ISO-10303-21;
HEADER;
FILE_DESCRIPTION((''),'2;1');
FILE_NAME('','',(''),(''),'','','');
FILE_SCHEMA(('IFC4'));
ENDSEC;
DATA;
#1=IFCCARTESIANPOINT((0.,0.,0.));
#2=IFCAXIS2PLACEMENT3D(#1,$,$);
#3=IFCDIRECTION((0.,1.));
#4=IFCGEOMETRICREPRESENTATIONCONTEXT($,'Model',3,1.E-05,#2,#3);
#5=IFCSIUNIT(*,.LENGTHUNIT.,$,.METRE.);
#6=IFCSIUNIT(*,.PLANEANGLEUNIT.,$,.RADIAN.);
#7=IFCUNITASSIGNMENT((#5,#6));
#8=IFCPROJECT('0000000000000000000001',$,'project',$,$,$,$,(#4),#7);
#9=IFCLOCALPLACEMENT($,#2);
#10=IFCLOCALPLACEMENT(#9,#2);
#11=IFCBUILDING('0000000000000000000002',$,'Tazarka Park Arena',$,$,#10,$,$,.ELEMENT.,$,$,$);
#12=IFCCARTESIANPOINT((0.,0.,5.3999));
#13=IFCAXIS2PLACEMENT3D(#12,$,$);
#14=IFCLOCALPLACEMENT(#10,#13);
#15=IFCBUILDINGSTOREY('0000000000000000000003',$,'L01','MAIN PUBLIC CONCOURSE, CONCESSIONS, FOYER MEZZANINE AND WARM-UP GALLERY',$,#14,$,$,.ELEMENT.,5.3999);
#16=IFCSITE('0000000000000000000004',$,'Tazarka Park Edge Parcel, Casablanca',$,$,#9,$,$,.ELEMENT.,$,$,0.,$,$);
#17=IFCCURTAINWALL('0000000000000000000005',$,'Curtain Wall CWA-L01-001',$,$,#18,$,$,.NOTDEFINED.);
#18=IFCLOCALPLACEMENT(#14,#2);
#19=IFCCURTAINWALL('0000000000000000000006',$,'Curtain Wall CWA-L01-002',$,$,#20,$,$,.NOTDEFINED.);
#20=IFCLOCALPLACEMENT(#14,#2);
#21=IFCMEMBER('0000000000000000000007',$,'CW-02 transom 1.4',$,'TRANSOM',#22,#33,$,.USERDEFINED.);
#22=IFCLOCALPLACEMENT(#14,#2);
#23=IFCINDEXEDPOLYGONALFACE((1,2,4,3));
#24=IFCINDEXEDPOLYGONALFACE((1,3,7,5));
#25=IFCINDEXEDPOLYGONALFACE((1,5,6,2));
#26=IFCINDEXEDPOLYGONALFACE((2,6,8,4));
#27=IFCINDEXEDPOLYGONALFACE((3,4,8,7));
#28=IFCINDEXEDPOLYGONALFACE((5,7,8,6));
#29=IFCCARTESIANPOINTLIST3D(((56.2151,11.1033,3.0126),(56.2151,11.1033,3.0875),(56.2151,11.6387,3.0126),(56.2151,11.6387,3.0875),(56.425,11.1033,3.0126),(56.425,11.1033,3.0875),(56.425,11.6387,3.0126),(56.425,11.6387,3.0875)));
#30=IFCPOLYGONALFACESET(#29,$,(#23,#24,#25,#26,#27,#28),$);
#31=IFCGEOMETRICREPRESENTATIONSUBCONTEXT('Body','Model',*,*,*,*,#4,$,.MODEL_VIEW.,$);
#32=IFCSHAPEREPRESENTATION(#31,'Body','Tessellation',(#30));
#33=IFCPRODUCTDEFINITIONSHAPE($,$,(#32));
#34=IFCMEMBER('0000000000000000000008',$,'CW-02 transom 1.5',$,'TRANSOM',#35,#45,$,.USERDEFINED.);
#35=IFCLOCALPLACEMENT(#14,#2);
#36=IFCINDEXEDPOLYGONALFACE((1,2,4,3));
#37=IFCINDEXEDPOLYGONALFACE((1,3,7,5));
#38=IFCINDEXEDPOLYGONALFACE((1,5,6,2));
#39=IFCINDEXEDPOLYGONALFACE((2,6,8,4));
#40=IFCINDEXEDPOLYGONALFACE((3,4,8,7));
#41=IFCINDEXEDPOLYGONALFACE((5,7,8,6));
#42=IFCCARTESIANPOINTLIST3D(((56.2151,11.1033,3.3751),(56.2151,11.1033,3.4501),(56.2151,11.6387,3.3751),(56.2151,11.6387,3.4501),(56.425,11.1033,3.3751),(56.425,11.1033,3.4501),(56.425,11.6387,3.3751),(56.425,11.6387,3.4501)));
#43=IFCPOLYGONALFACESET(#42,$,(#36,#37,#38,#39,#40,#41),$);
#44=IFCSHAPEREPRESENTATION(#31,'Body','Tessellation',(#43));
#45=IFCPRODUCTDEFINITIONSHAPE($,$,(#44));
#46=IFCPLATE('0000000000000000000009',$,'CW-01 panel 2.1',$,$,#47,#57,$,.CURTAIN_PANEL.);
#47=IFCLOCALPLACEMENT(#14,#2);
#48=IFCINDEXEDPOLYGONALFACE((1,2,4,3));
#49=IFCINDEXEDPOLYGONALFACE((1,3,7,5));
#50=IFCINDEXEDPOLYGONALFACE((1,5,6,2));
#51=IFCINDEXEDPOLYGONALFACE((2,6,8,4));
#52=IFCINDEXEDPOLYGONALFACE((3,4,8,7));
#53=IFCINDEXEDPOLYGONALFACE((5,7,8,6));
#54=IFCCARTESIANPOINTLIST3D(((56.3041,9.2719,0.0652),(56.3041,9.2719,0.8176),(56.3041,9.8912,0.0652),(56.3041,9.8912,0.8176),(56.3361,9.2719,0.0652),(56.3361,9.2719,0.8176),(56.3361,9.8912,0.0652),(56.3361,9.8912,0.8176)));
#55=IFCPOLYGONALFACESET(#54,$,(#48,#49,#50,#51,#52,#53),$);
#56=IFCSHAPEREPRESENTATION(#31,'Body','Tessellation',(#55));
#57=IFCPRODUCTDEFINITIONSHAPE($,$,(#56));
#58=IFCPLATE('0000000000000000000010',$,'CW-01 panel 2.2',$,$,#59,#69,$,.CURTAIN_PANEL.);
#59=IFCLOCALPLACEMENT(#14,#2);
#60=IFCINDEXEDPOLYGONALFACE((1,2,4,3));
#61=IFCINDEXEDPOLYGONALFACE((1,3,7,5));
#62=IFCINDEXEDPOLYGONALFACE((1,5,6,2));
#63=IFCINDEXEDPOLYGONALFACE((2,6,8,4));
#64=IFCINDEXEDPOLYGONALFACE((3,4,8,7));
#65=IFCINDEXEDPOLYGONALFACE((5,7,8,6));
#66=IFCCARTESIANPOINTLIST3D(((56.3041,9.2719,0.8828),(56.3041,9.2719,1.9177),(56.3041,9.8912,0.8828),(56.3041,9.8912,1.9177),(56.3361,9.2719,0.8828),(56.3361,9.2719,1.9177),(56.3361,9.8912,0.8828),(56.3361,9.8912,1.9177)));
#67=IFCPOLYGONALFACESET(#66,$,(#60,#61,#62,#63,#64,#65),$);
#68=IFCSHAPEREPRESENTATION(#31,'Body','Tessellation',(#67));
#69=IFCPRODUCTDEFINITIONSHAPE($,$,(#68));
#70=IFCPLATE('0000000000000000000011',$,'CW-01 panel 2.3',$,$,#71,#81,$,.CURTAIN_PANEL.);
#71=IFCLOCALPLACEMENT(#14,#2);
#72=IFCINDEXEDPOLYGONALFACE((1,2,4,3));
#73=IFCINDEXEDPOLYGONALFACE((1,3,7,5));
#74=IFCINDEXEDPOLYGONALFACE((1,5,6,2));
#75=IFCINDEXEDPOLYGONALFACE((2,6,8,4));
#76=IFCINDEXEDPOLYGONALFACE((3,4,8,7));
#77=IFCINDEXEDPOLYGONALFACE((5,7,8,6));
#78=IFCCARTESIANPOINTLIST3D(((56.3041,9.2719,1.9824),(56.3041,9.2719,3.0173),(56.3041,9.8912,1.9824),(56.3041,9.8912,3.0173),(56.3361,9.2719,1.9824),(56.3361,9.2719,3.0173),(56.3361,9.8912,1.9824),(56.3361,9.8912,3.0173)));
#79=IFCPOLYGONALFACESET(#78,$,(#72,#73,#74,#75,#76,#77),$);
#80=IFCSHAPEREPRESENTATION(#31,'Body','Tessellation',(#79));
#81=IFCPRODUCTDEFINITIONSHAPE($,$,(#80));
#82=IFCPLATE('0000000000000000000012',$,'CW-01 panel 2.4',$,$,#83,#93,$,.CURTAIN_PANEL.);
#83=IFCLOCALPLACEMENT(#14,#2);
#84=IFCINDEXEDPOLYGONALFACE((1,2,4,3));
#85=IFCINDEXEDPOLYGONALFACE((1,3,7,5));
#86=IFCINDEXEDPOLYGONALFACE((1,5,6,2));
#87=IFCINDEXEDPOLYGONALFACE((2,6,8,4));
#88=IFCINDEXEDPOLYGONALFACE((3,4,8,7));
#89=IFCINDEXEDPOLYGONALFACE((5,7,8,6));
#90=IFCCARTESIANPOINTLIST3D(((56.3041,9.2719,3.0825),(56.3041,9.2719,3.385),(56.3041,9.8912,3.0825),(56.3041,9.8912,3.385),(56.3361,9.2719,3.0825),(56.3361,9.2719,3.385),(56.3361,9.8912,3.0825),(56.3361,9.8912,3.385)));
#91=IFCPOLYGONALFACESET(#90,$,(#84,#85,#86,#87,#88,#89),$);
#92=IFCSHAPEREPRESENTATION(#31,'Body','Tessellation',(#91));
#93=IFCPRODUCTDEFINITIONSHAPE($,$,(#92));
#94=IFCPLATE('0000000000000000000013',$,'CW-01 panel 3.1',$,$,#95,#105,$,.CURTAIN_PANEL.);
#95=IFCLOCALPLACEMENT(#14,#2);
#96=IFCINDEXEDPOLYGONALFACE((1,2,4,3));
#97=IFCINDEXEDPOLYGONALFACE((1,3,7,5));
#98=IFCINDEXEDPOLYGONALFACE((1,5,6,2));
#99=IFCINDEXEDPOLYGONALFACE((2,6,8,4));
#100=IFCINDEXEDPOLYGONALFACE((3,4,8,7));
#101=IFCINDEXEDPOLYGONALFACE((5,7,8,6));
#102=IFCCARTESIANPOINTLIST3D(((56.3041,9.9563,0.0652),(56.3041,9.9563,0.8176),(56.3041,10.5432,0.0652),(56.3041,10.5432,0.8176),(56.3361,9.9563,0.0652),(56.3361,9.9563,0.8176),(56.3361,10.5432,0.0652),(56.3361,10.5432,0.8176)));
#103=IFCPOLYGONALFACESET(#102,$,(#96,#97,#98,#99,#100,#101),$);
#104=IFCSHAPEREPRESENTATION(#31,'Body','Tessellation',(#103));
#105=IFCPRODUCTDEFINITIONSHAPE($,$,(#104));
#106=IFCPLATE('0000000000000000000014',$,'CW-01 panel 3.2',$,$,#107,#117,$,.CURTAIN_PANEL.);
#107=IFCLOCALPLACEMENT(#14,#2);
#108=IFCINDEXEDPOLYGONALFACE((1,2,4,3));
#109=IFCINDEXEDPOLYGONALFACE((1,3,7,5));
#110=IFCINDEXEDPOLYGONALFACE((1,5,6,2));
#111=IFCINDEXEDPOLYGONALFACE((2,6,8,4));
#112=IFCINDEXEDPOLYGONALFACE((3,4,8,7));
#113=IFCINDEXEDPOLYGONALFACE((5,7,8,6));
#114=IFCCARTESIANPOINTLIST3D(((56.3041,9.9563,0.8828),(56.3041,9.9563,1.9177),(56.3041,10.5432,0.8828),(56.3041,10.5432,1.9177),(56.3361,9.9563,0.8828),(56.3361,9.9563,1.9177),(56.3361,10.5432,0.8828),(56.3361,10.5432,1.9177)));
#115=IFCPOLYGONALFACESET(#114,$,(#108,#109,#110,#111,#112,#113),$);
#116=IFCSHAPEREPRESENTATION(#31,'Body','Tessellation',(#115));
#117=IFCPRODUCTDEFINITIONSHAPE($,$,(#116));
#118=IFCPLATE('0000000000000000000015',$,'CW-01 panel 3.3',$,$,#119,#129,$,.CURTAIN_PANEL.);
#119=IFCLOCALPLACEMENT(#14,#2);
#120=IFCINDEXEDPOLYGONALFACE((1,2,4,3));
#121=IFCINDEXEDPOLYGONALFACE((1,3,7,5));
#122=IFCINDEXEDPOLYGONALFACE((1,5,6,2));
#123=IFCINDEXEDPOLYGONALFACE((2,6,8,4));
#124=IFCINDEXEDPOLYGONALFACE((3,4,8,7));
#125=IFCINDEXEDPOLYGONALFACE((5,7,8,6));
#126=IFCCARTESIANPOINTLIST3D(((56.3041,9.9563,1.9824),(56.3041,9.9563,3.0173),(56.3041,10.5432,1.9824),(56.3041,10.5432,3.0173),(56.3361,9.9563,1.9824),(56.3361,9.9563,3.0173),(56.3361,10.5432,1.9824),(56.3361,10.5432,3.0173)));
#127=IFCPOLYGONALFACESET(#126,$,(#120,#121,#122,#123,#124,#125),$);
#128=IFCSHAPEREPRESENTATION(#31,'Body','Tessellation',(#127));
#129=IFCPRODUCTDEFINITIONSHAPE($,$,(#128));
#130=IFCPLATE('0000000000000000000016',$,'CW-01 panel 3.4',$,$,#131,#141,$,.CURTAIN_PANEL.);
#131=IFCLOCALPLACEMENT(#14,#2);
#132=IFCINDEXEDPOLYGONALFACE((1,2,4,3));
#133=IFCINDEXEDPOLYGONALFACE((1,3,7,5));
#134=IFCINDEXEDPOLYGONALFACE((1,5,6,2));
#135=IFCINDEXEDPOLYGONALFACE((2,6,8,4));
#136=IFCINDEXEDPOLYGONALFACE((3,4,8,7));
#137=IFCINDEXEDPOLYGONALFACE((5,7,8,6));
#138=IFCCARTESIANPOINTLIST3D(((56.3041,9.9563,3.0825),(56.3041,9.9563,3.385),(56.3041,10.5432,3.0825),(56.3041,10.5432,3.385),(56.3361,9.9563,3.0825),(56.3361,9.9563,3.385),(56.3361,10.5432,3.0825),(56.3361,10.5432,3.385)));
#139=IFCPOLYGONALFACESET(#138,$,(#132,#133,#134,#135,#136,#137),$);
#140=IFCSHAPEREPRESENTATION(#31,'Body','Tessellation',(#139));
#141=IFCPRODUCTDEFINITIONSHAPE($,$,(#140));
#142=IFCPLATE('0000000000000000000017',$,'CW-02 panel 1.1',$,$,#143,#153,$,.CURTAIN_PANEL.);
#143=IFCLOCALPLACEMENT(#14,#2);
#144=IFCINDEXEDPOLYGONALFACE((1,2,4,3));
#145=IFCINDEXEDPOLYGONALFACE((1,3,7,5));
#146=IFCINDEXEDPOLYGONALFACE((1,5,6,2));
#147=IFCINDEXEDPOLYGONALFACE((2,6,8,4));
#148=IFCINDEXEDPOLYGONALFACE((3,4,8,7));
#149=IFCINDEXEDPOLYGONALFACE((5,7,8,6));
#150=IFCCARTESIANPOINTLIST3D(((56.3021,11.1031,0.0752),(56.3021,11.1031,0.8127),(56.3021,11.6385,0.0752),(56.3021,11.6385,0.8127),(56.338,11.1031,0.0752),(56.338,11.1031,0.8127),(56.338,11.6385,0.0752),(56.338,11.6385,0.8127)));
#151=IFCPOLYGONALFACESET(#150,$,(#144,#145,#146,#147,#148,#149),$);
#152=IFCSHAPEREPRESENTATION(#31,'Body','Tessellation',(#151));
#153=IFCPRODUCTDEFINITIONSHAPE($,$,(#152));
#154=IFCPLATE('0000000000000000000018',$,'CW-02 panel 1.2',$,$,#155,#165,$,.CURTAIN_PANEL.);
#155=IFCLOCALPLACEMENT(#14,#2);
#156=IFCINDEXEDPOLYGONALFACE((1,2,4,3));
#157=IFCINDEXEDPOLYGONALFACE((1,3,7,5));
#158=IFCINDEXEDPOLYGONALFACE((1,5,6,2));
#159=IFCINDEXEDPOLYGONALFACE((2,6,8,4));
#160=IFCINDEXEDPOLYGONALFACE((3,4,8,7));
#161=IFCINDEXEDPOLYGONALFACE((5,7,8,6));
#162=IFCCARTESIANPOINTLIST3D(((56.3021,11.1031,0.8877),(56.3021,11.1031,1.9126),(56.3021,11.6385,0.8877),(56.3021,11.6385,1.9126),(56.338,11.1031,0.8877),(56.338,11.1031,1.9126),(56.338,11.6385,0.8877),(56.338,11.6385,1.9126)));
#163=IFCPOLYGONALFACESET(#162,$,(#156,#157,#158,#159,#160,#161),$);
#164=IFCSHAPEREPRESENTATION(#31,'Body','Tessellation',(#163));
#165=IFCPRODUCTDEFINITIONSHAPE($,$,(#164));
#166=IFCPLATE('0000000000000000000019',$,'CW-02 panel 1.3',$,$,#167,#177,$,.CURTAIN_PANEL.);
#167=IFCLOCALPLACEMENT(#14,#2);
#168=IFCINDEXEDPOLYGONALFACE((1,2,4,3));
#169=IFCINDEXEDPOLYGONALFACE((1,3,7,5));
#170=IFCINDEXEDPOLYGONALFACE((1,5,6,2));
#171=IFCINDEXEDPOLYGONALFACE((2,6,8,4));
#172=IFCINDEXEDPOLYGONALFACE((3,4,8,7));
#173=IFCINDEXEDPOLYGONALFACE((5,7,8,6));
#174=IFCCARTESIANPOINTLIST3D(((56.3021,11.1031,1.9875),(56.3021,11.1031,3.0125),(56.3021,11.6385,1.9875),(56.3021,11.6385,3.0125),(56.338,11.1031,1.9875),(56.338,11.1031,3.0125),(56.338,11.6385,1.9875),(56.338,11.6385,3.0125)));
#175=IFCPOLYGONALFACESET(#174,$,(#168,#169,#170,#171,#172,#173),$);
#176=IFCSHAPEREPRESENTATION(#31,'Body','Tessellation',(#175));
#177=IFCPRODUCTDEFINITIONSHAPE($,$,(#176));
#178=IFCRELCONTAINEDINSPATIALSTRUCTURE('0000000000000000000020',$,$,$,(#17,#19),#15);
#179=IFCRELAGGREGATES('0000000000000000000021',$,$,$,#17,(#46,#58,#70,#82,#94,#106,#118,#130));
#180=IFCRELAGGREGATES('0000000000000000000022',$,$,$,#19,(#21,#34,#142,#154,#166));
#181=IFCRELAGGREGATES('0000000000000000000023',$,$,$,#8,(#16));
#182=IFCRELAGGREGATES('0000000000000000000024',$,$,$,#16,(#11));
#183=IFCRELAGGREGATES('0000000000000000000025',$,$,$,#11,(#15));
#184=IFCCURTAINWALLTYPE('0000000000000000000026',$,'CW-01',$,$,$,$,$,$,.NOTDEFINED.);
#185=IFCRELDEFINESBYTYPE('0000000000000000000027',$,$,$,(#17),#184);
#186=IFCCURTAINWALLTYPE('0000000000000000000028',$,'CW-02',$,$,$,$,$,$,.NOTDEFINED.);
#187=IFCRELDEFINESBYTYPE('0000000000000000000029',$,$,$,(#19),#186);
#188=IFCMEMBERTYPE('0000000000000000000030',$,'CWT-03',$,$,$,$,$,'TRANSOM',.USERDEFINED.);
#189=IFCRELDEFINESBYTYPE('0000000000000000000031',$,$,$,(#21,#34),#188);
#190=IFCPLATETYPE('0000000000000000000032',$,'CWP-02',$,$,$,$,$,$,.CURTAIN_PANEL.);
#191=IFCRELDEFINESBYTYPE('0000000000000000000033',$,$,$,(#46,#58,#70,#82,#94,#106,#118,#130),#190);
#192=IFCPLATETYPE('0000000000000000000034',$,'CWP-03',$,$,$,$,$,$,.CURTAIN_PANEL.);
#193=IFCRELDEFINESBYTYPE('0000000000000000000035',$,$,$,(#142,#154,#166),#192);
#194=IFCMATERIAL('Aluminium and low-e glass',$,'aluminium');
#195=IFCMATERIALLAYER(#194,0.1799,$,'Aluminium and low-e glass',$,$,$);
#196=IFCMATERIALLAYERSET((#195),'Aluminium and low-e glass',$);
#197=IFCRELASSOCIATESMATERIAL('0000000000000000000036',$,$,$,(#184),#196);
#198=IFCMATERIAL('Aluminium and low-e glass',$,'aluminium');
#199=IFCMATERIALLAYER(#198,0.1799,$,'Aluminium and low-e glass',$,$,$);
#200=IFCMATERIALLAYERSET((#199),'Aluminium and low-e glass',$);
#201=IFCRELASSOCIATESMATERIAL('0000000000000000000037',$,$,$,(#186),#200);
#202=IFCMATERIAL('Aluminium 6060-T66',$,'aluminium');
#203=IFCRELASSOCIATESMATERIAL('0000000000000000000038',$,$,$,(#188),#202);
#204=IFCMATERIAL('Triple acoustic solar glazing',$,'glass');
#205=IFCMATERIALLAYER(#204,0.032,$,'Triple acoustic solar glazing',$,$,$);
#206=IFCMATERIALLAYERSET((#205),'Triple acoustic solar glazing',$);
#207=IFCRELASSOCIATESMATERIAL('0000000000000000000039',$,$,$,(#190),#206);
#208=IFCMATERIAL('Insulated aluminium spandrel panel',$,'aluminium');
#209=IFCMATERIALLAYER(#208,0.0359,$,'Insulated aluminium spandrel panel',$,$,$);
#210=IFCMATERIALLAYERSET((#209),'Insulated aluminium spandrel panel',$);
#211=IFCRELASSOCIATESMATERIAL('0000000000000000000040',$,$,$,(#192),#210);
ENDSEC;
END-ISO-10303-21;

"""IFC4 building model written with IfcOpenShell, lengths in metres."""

from ifc_helpers import new_model, si_unit, direction, frame, origin, origin_2d, place, context, subcontext, project, spatial, rectangle, extrude, material, layer, layer_set, material_profile, profile_set, type_object, element, aggregate, save


model = new_model("IFC4")

# Units and contexts
model_context = context("Model", 3, precision=1e-05, world=origin(), true_north=direction((0.0, 1.0)))
body_context = subcontext(model_context, "Body", "Model", "MODEL_VIEW")
ifc_project = project(units=[si_unit("LENGTHUNIT", "METRE"), si_unit("PLANEANGLEUNIT", "RADIAN")], contexts=[model_context])

# Site, building, storey
site_placement = place(None, origin())
site = spatial("IfcSite", under=ifc_project, at=site_placement, Name="Tazarka Park Edge Parcel, Casablanca", CompositionType="ELEMENT", RefElevation=0.0)
building_placement = place(site_placement, origin())
building = spatial("IfcBuilding", under=site, at=building_placement, Name="Tazarka Park Arena", CompositionType="ELEMENT")
storey_placement = place(building_placement, frame((0.0, 0.0, 5.3999)))
storey = spatial("IfcBuildingStorey", under=building, at=storey_placement, Name="L01", Description="MAIN PUBLIC CONCOURSE, CONCESSIONS, FOYER MEZZANINE AND WARM-UP GALLERY", CompositionType="ELEMENT", Elevation=5.3999)

# Curtain wall
ifc_material_1 = material(Name="Aluminium and low-e glass", Category="aluminium")
ifc_layer_1 = layer(ifc_material_1, 0.1799, Name="Aluminium and low-e glass")
ifc_layer_set_1 = layer_set([ifc_layer_1], Name="Aluminium and low-e glass")
curtain_wall_type_1 = type_object("IfcCurtainWallType", Name="CW-01", PredefinedType="NOTDEFINED", material=ifc_layer_set_1)
curtain_wall_1_placement = place(storey_placement, origin())
curtain_wall_1 = element("IfcCurtainWall", 1, at=curtain_wall_1_placement, inside=storey, type_object=curtain_wall_type_1, Name="Curtain Wall CWA-L01-001", PredefinedType="NOTDEFINED")

# Curtain wall
ifc_material_2 = material(Name="Aluminium and low-e glass", Category="aluminium")
ifc_layer_2 = layer(ifc_material_2, 0.1799, Name="Aluminium and low-e glass")
ifc_layer_set_2 = layer_set([ifc_layer_2], Name="Aluminium and low-e glass")
curtain_wall_type_2 = type_object("IfcCurtainWallType", Name="CW-02", PredefinedType="NOTDEFINED", material=ifc_layer_set_2)
curtain_wall_2_placement = place(storey_placement, origin())
curtain_wall_2 = element("IfcCurtainWall", 2, at=curtain_wall_2_placement, inside=storey, type_object=curtain_wall_type_2, Name="Curtain Wall CWA-L01-002", PredefinedType="NOTDEFINED")

# Members
ifc_material_3 = material(Name="Aluminium 6060-T66", Category="aluminium")
ifc_material_profile_1 = material_profile(ifc_material_3, rectangle(XDim=0.21, YDim=0.075, at=origin_2d()), Name="Aluminium 6060-T66")
ifc_profile_set_1 = profile_set([ifc_material_profile_1], Name="Aluminium 6060-T66")
member_type_1 = type_object("IfcMemberType", Name="CWT-03", ElementType="TRANSOM", PredefinedType="USERDEFINED", material=ifc_profile_set_1)
member_1_placement = place(storey_placement, frame((56.3201, 11.1033, 3.05), z_axis=(0.0, 1.0, 0.0), x_axis=(-1.0, 0.0, 0.0)))
member_1 = element("IfcMember", 3, at=member_1_placement, type_object=member_type_1, Name="CW-02 transom 1.4", ObjectType="TRANSOM", PredefinedType="USERDEFINED", context=body_context, shape_type="SweptSolid", body=[
    extrude(rectangle(XDim=0.21, YDim=0.075, at=origin_2d()), origin(), (0.0, 0.0, 1.0), 0.5354),
])
member_2_placement = place(storey_placement, frame((56.3201, 11.1033, 3.4126), z_axis=(0.0, 1.0, 0.0), x_axis=(-1.0, 0.0, 0.0)))
member_2 = element("IfcMember", 4, at=member_2_placement, type_object=member_type_1, Name="CW-02 transom 1.5", ObjectType="TRANSOM", PredefinedType="USERDEFINED", context=body_context, shape_type="SweptSolid", body=[
    extrude(rectangle(XDim=0.21, YDim=0.075, at=origin_2d()), origin(), (0.0, 0.0, 1.0), 0.5354),
])

# Plates
ifc_material_4 = material(Name="Triple acoustic solar glazing", Category="glass")
ifc_layer_3 = layer(ifc_material_4, 0.032, Name="Triple acoustic solar glazing")
ifc_layer_set_3 = layer_set([ifc_layer_3], Name="Triple acoustic solar glazing")
plate_type_1 = type_object("IfcPlateType", Name="CWP-02", PredefinedType="CURTAIN_PANEL", material=ifc_layer_set_3)
plate_1_placement = place(storey_placement, frame((56.3201, 9.5815, 0.0652), z_axis=(0.0, 0.0, 1.0), x_axis=(0.0, 1.0, 0.0)))
plate_1 = element("IfcPlate", 5, at=plate_1_placement, type_object=plate_type_1, Name="CW-01 panel 2.1", PredefinedType="CURTAIN_PANEL", context=body_context, shape_type="SweptSolid", body=[
    extrude(rectangle(XDim=0.6194, YDim=0.032, at=origin_2d()), origin(), (0.0, 0.0, 1.0), 0.7524),
])
plate_2_placement = place(storey_placement, frame((56.3201, 9.5815, 0.8828), z_axis=(0.0, 0.0, 1.0), x_axis=(0.0, 1.0, 0.0)))
plate_2 = element("IfcPlate", 6, at=plate_2_placement, type_object=plate_type_1, Name="CW-01 panel 2.2", PredefinedType="CURTAIN_PANEL", context=body_context, shape_type="SweptSolid", body=[
    extrude(rectangle(XDim=0.6194, YDim=0.032, at=origin_2d()), origin(), (0.0, 0.0, 1.0), 1.0349),
])
plate_3_placement = place(storey_placement, frame((56.3201, 9.5815, 1.9824), z_axis=(0.0, 0.0, 1.0), x_axis=(0.0, 1.0, 0.0)))
plate_3 = element("IfcPlate", 7, at=plate_3_placement, type_object=plate_type_1, Name="CW-01 panel 2.3", PredefinedType="CURTAIN_PANEL", context=body_context, shape_type="SweptSolid", body=[
    extrude(rectangle(XDim=0.6194, YDim=0.032, at=origin_2d()), origin(), (0.0, 0.0, 1.0), 1.0349),
])
plate_4_placement = place(storey_placement, frame((56.3201, 9.5815, 3.0825), z_axis=(0.0, 0.0, 1.0), x_axis=(0.0, 1.0, 0.0)))
plate_4 = element("IfcPlate", 8, at=plate_4_placement, type_object=plate_type_1, Name="CW-01 panel 2.4", PredefinedType="CURTAIN_PANEL", context=body_context, shape_type="SweptSolid", body=[
    extrude(rectangle(XDim=0.6194, YDim=0.032, at=origin_2d()), origin(), (0.0, 0.0, 1.0), 0.3025),
])
plate_5_placement = place(storey_placement, frame((56.3201, 10.2498, 0.0652), z_axis=(0.0, 0.0, 1.0), x_axis=(0.0, 1.0, 0.0)))
plate_5 = element("IfcPlate", 9, at=plate_5_placement, type_object=plate_type_1, Name="CW-01 panel 3.1", PredefinedType="CURTAIN_PANEL", context=body_context, shape_type="SweptSolid", body=[
    extrude(rectangle(XDim=0.5869, YDim=0.032, at=origin_2d()), origin(), (0.0, 0.0, 1.0), 0.7524),
])
plate_6_placement = place(storey_placement, frame((56.3201, 10.2498, 0.8828), z_axis=(0.0, 0.0, 1.0), x_axis=(0.0, 1.0, 0.0)))
plate_6 = element("IfcPlate", 10, at=plate_6_placement, type_object=plate_type_1, Name="CW-01 panel 3.2", PredefinedType="CURTAIN_PANEL", context=body_context, shape_type="SweptSolid", body=[
    extrude(rectangle(XDim=0.5869, YDim=0.032, at=origin_2d()), origin(), (0.0, 0.0, 1.0), 1.0349),
])
plate_7_placement = place(storey_placement, frame((56.3201, 10.2498, 1.9824), z_axis=(0.0, 0.0, 1.0), x_axis=(0.0, 1.0, 0.0)))
plate_7 = element("IfcPlate", 11, at=plate_7_placement, type_object=plate_type_1, Name="CW-01 panel 3.3", PredefinedType="CURTAIN_PANEL", context=body_context, shape_type="SweptSolid", body=[
    extrude(rectangle(XDim=0.5869, YDim=0.032, at=origin_2d()), origin(), (0.0, 0.0, 1.0), 1.0349),
])
plate_8_placement = place(storey_placement, frame((56.3201, 10.2498, 3.0825), z_axis=(0.0, 0.0, 1.0), x_axis=(0.0, 1.0, 0.0)))
plate_8 = element("IfcPlate", 12, at=plate_8_placement, type_object=plate_type_1, Name="CW-01 panel 3.4", PredefinedType="CURTAIN_PANEL", context=body_context, shape_type="SweptSolid", body=[
    extrude(rectangle(XDim=0.5869, YDim=0.032, at=origin_2d()), origin(), (0.0, 0.0, 1.0), 0.3025),
])
aggregate(curtain_wall_1, [plate_1, plate_2, plate_3, plate_4, plate_5, plate_6, plate_7, plate_8])
ifc_material_5 = material(Name="Insulated aluminium spandrel panel", Category="aluminium")
ifc_layer_4 = layer(ifc_material_5, 0.0359, Name="Insulated aluminium spandrel panel")
ifc_layer_set_4 = layer_set([ifc_layer_4], Name="Insulated aluminium spandrel panel")
plate_type_2 = type_object("IfcPlateType", Name="CWP-03", PredefinedType="CURTAIN_PANEL", material=ifc_layer_set_4)
plate_9_placement = place(storey_placement, frame((56.3201, 11.3708, 0.0752), z_axis=(0.0, 0.0, 1.0), x_axis=(0.0, 1.0, 0.0)))
plate_9 = element("IfcPlate", 13, at=plate_9_placement, type_object=plate_type_2, Name="CW-02 panel 1.1", PredefinedType="CURTAIN_PANEL", context=body_context, shape_type="SweptSolid", body=[
    extrude(rectangle(XDim=0.5354, YDim=0.0359, at=origin_2d()), origin(), (0.0, 0.0, 1.0), 0.7375),
])
plate_10_placement = place(storey_placement, frame((56.3201, 11.3708, 0.8877), z_axis=(0.0, 0.0, 1.0), x_axis=(0.0, 1.0, 0.0)))
plate_10 = element("IfcPlate", 14, at=plate_10_placement, type_object=plate_type_2, Name="CW-02 panel 1.2", PredefinedType="CURTAIN_PANEL", context=body_context, shape_type="SweptSolid", body=[
    extrude(rectangle(XDim=0.5354, YDim=0.0359, at=origin_2d()), origin(), (0.0, 0.0, 1.0), 1.0249),
])
plate_11_placement = place(storey_placement, frame((56.3201, 11.3708, 1.9875), z_axis=(0.0, 0.0, 1.0), x_axis=(0.0, 1.0, 0.0)))
plate_11 = element("IfcPlate", 15, at=plate_11_placement, type_object=plate_type_2, Name="CW-02 panel 1.3", PredefinedType="CURTAIN_PANEL", context=body_context, shape_type="SweptSolid", body=[
    extrude(rectangle(XDim=0.5354, YDim=0.0359, at=origin_2d()), origin(), (0.0, 0.0, 1.0), 1.0249),
])
aggregate(curtain_wall_2, [member_1, member_2, plate_9, plate_10, plate_11])

save(model, "model.ifc")
